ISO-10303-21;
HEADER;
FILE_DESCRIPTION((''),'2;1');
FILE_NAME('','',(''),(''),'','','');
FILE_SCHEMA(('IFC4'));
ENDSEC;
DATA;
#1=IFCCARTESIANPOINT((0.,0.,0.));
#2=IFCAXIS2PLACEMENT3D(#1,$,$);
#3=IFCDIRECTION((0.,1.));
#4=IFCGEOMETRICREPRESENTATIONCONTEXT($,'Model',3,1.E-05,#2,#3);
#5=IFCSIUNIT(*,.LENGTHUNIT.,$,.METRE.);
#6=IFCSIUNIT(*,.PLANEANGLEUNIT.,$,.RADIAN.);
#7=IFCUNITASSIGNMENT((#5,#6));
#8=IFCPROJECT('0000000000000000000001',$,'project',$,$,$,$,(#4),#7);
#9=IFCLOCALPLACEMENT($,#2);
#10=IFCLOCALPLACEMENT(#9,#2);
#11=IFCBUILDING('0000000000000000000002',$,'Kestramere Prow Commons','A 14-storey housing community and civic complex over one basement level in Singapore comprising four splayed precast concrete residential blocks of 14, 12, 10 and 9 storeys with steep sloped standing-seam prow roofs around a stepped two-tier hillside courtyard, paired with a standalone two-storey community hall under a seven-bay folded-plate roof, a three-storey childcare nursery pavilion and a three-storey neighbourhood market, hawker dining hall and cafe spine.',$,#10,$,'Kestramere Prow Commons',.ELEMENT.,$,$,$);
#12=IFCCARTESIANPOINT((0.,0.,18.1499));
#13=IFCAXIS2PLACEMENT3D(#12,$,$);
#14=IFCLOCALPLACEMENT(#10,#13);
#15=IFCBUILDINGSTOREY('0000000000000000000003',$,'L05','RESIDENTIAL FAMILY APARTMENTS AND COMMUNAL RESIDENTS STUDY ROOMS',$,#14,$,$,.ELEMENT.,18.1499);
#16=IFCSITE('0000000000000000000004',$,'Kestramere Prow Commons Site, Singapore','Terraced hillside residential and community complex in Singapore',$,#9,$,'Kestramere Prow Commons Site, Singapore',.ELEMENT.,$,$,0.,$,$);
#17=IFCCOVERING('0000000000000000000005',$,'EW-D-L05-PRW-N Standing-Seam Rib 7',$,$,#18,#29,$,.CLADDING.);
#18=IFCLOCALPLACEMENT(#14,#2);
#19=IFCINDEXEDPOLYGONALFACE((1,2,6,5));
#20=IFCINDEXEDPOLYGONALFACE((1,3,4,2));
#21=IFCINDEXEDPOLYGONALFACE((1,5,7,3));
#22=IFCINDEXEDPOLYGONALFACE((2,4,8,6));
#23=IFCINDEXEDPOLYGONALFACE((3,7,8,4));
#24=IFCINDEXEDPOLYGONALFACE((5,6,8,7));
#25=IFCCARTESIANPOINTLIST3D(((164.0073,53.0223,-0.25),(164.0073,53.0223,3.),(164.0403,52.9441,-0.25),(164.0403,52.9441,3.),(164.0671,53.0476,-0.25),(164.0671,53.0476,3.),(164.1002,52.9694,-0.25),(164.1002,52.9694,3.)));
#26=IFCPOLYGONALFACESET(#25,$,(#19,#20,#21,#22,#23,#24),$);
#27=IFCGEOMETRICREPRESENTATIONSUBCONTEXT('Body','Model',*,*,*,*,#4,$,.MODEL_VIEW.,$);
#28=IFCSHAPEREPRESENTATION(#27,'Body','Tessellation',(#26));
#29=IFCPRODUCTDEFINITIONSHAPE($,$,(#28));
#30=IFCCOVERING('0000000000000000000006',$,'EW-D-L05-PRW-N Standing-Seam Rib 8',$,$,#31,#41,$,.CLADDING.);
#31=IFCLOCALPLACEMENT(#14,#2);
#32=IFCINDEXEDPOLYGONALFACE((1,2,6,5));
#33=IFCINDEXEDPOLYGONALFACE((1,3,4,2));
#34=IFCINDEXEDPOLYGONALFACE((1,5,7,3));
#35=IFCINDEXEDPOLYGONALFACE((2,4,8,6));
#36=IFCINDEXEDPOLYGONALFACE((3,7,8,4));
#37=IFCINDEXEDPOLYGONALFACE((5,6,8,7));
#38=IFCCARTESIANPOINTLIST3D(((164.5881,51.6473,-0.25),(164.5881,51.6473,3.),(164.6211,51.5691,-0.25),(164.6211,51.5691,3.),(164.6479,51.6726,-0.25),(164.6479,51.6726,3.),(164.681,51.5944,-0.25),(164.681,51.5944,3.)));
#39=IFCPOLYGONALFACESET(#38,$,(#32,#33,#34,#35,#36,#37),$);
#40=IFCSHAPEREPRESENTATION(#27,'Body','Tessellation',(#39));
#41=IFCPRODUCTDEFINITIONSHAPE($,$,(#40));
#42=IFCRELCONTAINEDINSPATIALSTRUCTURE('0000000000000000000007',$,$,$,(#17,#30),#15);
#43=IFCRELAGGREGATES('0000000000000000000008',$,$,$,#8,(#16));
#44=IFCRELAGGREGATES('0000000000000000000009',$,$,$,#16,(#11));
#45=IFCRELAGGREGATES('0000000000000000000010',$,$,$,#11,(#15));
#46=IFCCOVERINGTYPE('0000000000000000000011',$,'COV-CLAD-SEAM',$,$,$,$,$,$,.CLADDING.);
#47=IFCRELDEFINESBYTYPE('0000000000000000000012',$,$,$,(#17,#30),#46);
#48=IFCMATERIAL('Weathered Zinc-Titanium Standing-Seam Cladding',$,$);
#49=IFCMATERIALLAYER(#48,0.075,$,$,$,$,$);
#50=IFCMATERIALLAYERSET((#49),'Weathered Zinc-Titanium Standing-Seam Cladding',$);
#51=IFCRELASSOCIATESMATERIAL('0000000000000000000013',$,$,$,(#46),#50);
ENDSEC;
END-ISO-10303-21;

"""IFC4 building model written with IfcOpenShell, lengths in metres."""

from ifc_helpers import new_model, si_unit, direction, frame, origin, origin_2d, place, context, subcontext, project, spatial, rectangle, extrude, material, layer, layer_set, type_object, element, save


model = new_model("IFC4")

# Units and contexts
model_context = context("Model", 3, precision=1e-05, world=origin(), true_north=direction((0.0, 1.0)))
body_context = subcontext(model_context, "Body", "Model", "MODEL_VIEW")
ifc_project = project(units=[si_unit("LENGTHUNIT", "METRE"), si_unit("PLANEANGLEUNIT", "RADIAN")], contexts=[model_context])

# Site, building, storey
site_placement = place(None, origin())
site = spatial("IfcSite", under=ifc_project, at=site_placement, Name="Kestramere Prow Commons Site, Singapore", Description="Terraced hillside residential and community complex in Singapore", LongName="Kestramere Prow Commons Site, Singapore", CompositionType="ELEMENT", RefElevation=0.0)
building_placement = place(site_placement, origin())
building = spatial("IfcBuilding", under=site, at=building_placement, Name="Kestramere Prow Commons", Description="A 14-storey housing community and civic complex over one basement level in Singapore comprising four splayed precast concrete residential blocks of 14, 12, 10 and 9 storeys with steep sloped standing-seam prow roofs around a stepped two-tier hillside courtyard, paired with a standalone two-storey community hall under a seven-bay folded-plate roof, a three-storey childcare nursery pavilion and a three-storey neighbourhood market, hawker dining hall and cafe spine.", LongName="Kestramere Prow Commons", CompositionType="ELEMENT")
storey_placement = place(building_placement, frame((0.0, 0.0, 18.1499)))
storey = spatial("IfcBuildingStorey", under=building, at=storey_placement, Name="L05", Description="RESIDENTIAL FAMILY APARTMENTS AND COMMUNAL RESIDENTS STUDY ROOMS", CompositionType="ELEMENT", Elevation=18.1499)

# Coverings
ifc_material_1 = material(Name="Weathered Zinc-Titanium Standing-Seam Cladding")
ifc_layer_1 = layer(ifc_material_1, 0.075)
ifc_layer_set_1 = layer_set([ifc_layer_1], Name="Weathered Zinc-Titanium Standing-Seam Cladding")
covering_type = type_object("IfcCoveringType", Name="COV-CLAD-SEAM", PredefinedType="CLADDING", material=ifc_layer_set_1)
for number, where, z_axis, x_axis, name in (
    (1, (164.0537, 52.9958, -0.25), (0.0, 0.0, 1.0), (0.38922, -0.921145, 0.0), "EW-D-L05-PRW-N Standing-Seam Rib 7"),
    (2, (164.6345, 51.6208, -0.25), (0.0, 0.0, 1.0), (0.38922, -0.921145, 0.0), "EW-D-L05-PRW-N Standing-Seam Rib 8"),
):
    element("IfcCovering", number, at=place(storey_placement, frame(where, z_axis=z_axis, x_axis=x_axis)), inside=storey, type_object=covering_type, Name=name, PredefinedType="CLADDING", context=body_context, shape_type="SweptSolid", body=[
        extrude(rectangle(XDim=0.085, YDim=0.0649, at=origin_2d()), origin(), (0.0, 0.0, 1.0), 3.25),
    ])

save(model, "model.ifc")
